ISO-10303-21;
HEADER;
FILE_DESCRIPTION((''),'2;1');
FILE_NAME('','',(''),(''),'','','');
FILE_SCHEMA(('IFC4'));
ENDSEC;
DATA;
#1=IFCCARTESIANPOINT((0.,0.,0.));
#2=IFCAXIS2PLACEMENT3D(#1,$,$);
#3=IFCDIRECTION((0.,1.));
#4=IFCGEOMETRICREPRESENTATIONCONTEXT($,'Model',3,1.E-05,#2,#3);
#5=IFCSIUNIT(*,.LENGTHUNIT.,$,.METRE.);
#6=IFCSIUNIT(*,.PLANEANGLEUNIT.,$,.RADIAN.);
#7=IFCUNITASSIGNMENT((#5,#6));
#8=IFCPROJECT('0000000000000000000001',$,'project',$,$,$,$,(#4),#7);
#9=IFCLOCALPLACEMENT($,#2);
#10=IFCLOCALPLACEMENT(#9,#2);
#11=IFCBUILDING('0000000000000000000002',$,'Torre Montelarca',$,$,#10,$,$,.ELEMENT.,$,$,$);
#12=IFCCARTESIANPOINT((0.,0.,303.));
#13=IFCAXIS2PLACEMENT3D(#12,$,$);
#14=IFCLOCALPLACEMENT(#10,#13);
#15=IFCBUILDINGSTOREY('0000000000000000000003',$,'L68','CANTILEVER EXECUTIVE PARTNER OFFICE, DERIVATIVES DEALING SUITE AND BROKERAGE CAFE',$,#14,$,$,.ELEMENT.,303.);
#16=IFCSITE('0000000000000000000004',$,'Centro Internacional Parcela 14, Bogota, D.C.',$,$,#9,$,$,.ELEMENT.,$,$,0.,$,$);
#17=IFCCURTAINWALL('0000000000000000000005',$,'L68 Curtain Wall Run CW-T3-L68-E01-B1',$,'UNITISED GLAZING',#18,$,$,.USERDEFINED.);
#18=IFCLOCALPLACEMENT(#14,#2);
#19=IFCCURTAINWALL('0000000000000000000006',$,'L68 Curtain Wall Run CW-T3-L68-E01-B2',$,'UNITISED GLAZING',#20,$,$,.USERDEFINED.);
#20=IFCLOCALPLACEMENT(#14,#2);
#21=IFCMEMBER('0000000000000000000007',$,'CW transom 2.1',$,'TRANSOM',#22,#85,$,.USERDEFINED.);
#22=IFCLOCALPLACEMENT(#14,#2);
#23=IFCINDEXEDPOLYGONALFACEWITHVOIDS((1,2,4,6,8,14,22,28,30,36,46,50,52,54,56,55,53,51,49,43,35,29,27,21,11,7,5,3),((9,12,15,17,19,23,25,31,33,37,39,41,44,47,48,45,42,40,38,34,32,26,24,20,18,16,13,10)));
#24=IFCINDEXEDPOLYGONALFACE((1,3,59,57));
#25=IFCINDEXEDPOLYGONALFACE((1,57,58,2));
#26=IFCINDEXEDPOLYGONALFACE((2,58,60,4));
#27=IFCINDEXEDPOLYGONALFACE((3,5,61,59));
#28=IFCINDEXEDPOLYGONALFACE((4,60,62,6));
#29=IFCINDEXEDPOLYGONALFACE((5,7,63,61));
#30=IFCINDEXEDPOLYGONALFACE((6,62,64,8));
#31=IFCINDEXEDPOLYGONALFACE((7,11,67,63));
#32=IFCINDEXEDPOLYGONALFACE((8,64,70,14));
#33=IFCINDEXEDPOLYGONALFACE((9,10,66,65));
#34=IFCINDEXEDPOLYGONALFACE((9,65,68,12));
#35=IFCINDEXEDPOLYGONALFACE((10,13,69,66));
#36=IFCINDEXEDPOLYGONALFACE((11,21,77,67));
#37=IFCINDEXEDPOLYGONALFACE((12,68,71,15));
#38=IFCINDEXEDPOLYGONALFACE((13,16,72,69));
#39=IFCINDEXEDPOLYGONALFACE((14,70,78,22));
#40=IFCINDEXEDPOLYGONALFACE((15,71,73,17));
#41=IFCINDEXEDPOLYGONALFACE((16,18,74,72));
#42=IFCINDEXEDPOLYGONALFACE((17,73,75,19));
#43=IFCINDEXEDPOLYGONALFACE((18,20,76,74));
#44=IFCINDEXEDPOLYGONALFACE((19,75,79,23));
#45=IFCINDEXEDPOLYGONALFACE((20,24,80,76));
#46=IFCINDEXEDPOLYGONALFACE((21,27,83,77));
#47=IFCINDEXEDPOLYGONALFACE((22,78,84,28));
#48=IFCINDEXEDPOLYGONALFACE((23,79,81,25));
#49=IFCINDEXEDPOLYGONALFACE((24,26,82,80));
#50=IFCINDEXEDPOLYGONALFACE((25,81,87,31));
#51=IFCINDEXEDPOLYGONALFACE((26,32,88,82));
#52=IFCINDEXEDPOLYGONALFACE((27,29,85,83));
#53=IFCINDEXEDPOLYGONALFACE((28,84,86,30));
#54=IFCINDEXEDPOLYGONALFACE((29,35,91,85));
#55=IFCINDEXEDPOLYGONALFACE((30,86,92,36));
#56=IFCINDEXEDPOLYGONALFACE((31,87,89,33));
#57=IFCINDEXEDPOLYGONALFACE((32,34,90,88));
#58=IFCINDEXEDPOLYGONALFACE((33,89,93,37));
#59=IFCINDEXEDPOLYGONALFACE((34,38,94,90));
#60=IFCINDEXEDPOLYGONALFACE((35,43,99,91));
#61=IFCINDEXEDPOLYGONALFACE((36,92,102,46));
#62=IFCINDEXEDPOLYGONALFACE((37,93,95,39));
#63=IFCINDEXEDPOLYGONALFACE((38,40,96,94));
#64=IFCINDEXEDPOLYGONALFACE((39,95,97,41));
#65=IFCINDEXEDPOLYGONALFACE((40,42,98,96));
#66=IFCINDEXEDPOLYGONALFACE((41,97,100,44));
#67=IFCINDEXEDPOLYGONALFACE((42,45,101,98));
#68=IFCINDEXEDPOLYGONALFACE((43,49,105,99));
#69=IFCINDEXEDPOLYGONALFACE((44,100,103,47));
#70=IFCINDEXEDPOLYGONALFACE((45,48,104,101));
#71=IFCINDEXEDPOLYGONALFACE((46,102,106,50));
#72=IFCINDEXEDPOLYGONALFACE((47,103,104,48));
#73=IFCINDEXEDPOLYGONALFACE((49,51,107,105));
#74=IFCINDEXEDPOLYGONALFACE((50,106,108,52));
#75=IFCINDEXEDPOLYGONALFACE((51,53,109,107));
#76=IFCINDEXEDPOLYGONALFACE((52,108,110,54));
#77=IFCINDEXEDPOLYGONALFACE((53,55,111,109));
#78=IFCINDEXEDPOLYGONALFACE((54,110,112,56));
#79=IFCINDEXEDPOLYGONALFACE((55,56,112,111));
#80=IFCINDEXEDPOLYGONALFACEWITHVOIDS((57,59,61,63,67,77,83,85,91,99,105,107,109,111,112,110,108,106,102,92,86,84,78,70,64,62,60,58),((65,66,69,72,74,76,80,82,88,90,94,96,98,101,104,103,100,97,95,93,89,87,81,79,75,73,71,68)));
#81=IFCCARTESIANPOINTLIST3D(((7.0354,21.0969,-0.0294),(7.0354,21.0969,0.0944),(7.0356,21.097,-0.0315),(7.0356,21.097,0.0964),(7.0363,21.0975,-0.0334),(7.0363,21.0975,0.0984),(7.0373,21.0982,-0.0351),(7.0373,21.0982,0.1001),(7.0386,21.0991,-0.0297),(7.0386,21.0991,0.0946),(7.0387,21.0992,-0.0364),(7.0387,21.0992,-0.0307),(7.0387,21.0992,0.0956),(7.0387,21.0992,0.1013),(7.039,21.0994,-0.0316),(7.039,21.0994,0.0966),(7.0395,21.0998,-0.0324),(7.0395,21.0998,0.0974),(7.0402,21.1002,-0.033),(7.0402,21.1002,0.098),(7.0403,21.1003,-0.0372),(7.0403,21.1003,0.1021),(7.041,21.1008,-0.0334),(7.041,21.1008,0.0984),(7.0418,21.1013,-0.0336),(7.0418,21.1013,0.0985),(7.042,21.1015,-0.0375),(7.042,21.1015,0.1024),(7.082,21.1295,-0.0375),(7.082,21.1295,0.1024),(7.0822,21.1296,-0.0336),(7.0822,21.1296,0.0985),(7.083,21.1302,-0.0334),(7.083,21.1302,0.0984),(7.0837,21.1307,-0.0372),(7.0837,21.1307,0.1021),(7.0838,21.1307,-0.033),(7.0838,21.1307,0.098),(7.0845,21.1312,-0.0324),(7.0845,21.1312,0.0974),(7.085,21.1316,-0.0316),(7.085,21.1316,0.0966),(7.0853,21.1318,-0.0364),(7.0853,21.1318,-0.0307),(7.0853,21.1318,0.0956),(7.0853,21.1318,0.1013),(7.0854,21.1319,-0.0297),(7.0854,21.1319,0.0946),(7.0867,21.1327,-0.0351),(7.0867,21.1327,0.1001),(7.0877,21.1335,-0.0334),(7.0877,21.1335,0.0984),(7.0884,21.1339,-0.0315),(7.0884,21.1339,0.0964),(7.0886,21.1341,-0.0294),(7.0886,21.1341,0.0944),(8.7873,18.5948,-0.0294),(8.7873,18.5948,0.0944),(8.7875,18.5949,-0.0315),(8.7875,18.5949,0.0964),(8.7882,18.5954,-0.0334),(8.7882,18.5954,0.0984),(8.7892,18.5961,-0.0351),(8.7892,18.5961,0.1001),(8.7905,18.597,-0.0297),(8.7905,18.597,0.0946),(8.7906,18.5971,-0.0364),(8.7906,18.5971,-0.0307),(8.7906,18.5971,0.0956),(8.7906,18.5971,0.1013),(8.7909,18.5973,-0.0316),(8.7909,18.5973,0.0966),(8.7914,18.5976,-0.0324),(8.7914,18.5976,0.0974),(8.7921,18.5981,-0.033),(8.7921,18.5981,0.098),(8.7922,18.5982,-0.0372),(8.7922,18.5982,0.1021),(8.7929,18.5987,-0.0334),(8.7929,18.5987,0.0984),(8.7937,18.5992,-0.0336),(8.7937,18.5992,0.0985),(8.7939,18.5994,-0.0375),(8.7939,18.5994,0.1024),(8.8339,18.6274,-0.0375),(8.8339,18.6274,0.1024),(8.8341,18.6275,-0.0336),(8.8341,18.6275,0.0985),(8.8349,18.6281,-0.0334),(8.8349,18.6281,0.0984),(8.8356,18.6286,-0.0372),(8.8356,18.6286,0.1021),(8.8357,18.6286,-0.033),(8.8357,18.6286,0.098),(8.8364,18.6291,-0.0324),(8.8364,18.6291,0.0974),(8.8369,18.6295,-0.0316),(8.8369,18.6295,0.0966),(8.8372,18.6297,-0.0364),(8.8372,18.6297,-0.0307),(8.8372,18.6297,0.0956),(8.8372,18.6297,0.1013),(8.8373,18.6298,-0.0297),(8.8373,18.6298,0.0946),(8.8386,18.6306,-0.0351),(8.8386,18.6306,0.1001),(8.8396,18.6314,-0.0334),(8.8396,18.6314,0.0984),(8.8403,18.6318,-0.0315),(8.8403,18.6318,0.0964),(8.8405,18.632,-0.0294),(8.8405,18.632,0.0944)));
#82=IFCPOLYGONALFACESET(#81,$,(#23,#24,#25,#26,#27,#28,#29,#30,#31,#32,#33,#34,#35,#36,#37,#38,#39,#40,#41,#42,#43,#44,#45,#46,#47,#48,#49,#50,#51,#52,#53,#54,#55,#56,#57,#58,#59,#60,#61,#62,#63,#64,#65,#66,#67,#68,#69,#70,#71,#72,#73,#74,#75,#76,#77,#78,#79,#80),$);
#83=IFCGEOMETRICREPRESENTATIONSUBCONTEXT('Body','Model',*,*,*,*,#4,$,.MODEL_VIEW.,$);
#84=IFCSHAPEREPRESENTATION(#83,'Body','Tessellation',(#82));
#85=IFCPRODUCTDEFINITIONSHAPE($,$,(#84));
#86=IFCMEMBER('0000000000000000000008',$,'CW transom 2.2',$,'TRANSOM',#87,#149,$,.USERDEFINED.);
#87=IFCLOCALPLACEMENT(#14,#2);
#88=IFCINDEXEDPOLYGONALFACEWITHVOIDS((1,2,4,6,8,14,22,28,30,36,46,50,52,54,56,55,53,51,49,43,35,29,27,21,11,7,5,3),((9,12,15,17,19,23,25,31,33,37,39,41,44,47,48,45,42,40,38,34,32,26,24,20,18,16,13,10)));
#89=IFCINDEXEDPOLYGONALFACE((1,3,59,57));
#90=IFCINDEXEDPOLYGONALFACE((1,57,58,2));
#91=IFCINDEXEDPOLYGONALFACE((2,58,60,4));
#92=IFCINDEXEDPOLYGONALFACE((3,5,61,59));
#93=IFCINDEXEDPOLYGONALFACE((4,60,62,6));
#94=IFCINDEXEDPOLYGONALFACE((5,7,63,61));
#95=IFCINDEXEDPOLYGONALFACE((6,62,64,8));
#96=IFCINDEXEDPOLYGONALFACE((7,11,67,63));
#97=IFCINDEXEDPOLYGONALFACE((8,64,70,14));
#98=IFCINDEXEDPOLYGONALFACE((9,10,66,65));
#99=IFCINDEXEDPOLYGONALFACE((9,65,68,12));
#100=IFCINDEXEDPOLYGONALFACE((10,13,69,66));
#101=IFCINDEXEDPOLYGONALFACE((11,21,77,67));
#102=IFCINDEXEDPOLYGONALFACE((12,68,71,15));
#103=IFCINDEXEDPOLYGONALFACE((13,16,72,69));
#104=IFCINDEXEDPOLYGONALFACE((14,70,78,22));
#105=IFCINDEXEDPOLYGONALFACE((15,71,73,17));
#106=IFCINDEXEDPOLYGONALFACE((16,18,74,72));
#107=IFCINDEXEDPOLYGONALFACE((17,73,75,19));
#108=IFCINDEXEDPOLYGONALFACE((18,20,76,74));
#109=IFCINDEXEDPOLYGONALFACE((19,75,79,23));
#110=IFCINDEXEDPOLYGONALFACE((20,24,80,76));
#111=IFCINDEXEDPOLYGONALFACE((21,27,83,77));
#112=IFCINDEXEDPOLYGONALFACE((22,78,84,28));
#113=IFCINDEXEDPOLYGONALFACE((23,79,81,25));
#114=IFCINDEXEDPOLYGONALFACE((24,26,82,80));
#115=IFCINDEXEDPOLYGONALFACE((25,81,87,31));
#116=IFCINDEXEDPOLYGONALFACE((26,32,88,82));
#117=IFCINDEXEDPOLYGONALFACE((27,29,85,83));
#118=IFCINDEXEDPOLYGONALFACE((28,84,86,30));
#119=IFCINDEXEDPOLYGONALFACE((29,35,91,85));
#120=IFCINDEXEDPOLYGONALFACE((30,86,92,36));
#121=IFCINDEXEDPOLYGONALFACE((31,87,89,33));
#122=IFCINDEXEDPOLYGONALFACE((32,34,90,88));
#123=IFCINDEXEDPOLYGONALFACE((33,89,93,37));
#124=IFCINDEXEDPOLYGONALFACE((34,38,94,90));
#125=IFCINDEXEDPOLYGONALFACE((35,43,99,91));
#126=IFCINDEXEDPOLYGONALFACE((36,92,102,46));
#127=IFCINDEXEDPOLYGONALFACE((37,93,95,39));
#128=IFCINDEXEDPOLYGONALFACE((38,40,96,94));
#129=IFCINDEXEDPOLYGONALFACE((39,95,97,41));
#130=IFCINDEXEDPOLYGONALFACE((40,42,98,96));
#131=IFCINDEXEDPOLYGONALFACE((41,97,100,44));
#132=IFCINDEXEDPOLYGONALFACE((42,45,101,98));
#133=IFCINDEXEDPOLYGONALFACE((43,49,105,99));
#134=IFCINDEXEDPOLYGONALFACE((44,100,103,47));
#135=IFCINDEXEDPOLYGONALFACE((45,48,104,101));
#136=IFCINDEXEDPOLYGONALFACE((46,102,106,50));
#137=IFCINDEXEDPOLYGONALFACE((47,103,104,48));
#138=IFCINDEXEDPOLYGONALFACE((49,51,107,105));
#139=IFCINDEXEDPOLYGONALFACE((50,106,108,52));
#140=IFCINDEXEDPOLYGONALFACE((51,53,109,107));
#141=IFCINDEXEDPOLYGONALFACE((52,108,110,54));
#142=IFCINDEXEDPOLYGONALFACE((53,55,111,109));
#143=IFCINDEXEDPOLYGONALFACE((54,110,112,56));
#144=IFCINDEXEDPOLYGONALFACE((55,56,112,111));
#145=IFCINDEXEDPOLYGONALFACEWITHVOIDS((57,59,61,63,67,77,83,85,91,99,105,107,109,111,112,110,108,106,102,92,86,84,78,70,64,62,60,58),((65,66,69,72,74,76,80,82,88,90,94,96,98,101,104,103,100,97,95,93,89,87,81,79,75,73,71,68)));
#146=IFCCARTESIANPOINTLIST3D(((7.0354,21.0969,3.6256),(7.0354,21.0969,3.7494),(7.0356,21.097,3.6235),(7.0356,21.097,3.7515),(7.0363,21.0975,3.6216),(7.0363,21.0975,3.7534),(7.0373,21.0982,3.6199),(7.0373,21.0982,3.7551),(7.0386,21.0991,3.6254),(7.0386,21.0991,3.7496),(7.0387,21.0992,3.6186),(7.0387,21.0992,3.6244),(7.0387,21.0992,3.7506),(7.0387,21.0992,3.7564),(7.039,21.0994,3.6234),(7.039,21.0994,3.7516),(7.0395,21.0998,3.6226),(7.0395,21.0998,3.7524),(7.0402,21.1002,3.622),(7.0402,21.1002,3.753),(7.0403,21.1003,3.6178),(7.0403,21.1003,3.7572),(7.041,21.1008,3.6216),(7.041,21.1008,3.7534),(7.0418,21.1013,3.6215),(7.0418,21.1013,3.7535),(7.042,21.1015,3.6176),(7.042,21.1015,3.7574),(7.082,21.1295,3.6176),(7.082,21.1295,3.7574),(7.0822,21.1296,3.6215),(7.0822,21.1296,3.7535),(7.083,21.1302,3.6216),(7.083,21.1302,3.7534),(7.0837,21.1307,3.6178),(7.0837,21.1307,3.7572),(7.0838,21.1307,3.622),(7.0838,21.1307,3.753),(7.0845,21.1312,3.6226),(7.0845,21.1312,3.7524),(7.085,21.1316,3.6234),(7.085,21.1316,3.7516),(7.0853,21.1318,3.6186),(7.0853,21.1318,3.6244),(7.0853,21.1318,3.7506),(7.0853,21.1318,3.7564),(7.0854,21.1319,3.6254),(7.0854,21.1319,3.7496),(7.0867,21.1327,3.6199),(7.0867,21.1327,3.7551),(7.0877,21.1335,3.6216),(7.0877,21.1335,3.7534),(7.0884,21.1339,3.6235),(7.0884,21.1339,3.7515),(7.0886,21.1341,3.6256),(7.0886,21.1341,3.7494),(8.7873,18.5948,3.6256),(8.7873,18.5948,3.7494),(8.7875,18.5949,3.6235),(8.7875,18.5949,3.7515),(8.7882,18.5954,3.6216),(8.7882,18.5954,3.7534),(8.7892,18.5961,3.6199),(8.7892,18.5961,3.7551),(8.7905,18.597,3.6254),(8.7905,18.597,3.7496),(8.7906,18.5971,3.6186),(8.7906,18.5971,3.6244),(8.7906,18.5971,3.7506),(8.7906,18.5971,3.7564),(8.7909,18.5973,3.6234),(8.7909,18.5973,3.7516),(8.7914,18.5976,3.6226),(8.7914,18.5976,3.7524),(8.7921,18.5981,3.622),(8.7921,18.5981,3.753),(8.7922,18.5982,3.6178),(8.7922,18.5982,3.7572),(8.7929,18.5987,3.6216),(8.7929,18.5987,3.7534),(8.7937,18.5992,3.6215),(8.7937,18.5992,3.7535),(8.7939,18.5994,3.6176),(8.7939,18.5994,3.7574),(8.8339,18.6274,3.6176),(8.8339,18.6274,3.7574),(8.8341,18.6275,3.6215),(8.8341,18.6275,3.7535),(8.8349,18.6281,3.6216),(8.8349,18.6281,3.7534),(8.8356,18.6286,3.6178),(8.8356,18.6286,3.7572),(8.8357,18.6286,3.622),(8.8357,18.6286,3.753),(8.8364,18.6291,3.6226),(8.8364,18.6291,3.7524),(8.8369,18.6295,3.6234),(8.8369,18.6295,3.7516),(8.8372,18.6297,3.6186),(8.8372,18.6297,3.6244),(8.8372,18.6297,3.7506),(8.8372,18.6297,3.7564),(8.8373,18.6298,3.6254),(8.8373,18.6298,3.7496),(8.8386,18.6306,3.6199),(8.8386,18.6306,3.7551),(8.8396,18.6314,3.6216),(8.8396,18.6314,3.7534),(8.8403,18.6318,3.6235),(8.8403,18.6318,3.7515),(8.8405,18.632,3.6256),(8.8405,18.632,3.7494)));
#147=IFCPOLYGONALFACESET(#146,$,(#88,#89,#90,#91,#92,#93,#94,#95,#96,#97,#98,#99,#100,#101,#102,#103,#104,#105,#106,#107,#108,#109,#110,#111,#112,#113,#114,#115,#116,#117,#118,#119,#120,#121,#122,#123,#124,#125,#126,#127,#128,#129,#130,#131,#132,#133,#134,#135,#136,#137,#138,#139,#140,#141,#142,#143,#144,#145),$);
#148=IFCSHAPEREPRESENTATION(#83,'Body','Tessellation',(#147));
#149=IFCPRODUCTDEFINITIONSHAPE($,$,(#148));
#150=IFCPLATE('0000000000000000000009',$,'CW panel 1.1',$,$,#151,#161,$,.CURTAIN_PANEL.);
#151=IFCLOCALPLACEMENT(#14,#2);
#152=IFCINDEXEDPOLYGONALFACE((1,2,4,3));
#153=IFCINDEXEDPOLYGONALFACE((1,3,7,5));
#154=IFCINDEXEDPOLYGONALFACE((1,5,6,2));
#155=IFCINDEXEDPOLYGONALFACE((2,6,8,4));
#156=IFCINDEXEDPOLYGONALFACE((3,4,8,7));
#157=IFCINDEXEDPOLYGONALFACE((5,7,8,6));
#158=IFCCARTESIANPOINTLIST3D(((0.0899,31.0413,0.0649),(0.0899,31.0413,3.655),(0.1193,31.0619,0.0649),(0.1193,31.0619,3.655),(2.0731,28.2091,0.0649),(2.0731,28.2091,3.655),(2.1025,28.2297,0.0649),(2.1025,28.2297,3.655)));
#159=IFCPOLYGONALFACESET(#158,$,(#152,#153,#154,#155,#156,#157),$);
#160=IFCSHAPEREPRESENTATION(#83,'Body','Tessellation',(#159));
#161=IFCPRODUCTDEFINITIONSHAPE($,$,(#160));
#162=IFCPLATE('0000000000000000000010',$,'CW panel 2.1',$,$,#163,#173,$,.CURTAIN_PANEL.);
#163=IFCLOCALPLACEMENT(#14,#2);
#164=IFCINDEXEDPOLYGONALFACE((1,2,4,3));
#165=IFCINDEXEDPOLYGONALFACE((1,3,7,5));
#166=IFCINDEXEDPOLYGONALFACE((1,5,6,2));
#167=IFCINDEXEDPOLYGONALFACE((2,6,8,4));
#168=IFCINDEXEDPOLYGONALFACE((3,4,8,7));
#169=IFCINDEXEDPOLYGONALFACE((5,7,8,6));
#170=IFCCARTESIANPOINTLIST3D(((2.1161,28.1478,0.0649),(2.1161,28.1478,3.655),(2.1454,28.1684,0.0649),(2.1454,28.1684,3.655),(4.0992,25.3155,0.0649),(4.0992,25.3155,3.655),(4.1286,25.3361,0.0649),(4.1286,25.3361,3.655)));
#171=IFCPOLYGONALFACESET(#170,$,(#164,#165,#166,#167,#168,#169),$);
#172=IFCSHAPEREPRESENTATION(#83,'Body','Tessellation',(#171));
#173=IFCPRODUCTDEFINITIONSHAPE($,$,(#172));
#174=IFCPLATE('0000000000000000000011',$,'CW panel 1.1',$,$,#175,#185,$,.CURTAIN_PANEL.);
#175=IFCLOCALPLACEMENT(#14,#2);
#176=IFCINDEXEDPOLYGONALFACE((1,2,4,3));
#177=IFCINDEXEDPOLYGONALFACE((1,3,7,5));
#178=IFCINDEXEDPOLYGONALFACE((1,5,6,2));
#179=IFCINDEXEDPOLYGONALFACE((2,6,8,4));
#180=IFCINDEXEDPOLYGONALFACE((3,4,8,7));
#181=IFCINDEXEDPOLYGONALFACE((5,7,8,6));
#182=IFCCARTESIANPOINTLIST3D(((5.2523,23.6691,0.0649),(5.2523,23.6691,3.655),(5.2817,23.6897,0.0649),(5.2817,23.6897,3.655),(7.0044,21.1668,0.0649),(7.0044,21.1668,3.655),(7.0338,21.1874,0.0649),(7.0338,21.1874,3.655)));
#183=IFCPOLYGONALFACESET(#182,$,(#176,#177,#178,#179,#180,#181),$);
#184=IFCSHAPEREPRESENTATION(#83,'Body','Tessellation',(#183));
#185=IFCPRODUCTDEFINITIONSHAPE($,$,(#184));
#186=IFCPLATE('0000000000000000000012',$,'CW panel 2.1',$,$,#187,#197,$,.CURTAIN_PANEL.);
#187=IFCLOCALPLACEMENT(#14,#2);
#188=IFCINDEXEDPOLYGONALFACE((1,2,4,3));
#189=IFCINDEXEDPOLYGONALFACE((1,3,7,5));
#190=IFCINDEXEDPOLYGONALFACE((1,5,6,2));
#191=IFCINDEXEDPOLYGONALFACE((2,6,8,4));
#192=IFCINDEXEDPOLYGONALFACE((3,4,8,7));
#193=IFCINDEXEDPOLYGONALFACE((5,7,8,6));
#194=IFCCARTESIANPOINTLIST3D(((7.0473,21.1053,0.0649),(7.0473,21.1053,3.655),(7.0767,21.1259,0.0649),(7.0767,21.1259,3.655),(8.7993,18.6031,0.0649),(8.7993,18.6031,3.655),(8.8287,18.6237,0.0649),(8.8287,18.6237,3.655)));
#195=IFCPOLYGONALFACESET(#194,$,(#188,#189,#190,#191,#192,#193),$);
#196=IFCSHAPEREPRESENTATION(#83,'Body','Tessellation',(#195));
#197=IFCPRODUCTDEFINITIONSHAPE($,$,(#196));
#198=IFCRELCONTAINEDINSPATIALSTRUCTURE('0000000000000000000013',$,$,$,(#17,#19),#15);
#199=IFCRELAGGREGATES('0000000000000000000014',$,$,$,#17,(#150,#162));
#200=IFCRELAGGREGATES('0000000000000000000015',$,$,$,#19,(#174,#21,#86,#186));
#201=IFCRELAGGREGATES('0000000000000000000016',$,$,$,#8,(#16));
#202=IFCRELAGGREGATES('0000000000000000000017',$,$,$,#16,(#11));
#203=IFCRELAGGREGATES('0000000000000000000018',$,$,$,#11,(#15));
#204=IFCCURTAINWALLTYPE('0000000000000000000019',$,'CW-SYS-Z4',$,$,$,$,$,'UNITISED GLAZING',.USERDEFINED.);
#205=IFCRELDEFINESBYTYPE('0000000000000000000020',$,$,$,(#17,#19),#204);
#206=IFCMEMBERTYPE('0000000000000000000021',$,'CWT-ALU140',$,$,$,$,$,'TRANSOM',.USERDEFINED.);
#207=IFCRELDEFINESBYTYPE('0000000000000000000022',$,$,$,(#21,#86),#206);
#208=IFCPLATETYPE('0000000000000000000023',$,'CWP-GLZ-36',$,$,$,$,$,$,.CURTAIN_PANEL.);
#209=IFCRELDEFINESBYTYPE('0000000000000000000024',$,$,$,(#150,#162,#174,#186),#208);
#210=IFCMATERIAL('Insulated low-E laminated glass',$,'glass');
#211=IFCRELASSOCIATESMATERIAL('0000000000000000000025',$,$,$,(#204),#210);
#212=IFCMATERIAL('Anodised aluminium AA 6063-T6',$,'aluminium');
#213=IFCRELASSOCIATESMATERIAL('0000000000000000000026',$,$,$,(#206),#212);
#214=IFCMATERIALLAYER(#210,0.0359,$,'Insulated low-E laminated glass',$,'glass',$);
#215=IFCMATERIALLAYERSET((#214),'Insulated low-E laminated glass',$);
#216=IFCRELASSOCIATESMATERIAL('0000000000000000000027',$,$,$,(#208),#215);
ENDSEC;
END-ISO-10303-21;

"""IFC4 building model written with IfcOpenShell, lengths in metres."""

from ifc_helpers import new_model, si_unit, direction, frame, origin, origin_2d, place, context, subcontext, project, spatial, rectangle, hollow_rectangle, extrude, source, transform, mapped, material, layer, layer_set, material_profile, profile_set, type_object, element, aggregate, save


model = new_model("IFC4")

# Units and contexts
model_context = context("Model", 3, precision=1e-05, world=origin(), true_north=direction((0.0, 1.0)))
body_context = subcontext(model_context, "Body", "Model", "MODEL_VIEW")
ifc_project = project(units=[si_unit("LENGTHUNIT", "METRE"), si_unit("PLANEANGLEUNIT", "RADIAN")], contexts=[model_context])

# Site, building, storey
site_placement = place(None, origin())
site = spatial("IfcSite", under=ifc_project, at=site_placement, Name="Centro Internacional Parcela 14, Bogota, D.C.", CompositionType="ELEMENT", RefElevation=0.0)
building_placement = place(site_placement, origin())
building = spatial("IfcBuilding", under=site, at=building_placement, Name="Torre Montelarca", CompositionType="ELEMENT")
storey_placement = place(building_placement, frame((0.0, 0.0, 303.0)))
storey = spatial("IfcBuildingStorey", under=building, at=storey_placement, Name="L68", Description="CANTILEVER EXECUTIVE PARTNER OFFICE, DERIVATIVES DEALING SUITE AND BROKERAGE CAFE", CompositionType="ELEMENT", Elevation=303.0)

# Curtain walls
ifc_material_1 = material(Name="Insulated low-E laminated glass", Category="glass")
curtain_wall_type = type_object("IfcCurtainWallType", Name="CW-SYS-Z4", ElementType="UNITISED GLAZING", PredefinedType="USERDEFINED", material=ifc_material_1)
curtain_wall_1_placement = place(storey_placement, origin())
curtain_wall_1 = element("IfcCurtainWall", 1, at=curtain_wall_1_placement, inside=storey, type_object=curtain_wall_type, Name="L68 Curtain Wall Run CW-T3-L68-E01-B1", ObjectType="UNITISED GLAZING", PredefinedType="USERDEFINED")
ifc_material_2 = material(Name="Anodised aluminium AA 6063-T6", Category="aluminium")
curtain_wall_2_placement = place(storey_placement, origin())
curtain_wall_2 = element("IfcCurtainWall", 2, at=curtain_wall_2_placement, inside=storey, type_object=curtain_wall_type, Name="L68 Curtain Wall Run CW-T3-L68-E01-B2", ObjectType="UNITISED GLAZING", PredefinedType="USERDEFINED")

# Members
ifc_material_profile_1 = material_profile(ifc_material_2, hollow_rectangle(XDim=0.0649, YDim=0.1399, WallThickness=0.0039, InnerFilletRadius=0.0039, OuterFilletRadius=0.0081, at=origin_2d()), Name="ALU65X140X4", Category="aluminium")
ifc_profile_set_1 = profile_set([ifc_material_profile_1], Name="Anodised aluminium AA 6063-T6")
member_type_1 = type_object("IfcMemberType", Name="CWT-ALU140", ElementType="TRANSOM", PredefinedType="USERDEFINED", material=ifc_profile_set_1)
shared_shape_1 = source(origin(), body_context, "Body", "SweptSolid", [
    extrude(hollow_rectangle(XDim=0.0649, YDim=0.1399, WallThickness=0.0039, InnerFilletRadius=0.0039, OuterFilletRadius=0.0081, at=origin_2d()), origin(), (0.0, 0.0, 1.0), 3.0544),
])
member_1_placement = place(storey_placement, frame((7.062, 21.1155, 0.0325), z_axis=(0.573554, -0.819168, 0.0), x_axis=(0.819168, 0.573554, 0.0)))
member_1 = element("IfcMember", 3, at=member_1_placement, type_object=member_type_1, Name="CW transom 2.1", ObjectType="TRANSOM", PredefinedType="USERDEFINED", context=body_context, shape_type="MappedRepresentation", body=[
    mapped(shared_shape_1, transform((0.0, 0.0, 0.0), scale=1.0)),
])
member_2_placement = place(storey_placement, frame((7.062, 21.1155, 3.6875), z_axis=(0.573554, -0.819168, 0.0), x_axis=(0.819168, 0.573554, 0.0)))
member_2 = element("IfcMember", 4, at=member_2_placement, type_object=member_type_1, Name="CW transom 2.2", ObjectType="TRANSOM", PredefinedType="USERDEFINED", context=body_context, shape_type="MappedRepresentation", body=[
    mapped(shared_shape_1, transform((0.0, 0.0, 0.0), scale=1.0)),
])

# Plates
ifc_layer_1 = layer(ifc_material_1, 0.0359, Name="Insulated low-E laminated glass", Category="glass")
ifc_layer_set_1 = layer_set([ifc_layer_1], Name="Insulated low-E laminated glass")
plate_type = type_object("IfcPlateType", Name="CWP-GLZ-36", PredefinedType="CURTAIN_PANEL", material=ifc_layer_set_1)
shared_shape_2 = source(origin(), body_context, "Body", "SweptSolid", [
    extrude(rectangle(XDim=3.4575, YDim=0.0359, at=origin_2d()), origin(), (0.0, 0.0, 1.0), 3.5901),
])
plate_1_placement = place(storey_placement, frame((1.0962, 29.6355, 0.0649), z_axis=(0.0, 0.0, 1.0), x_axis=(0.573569, -0.819157, 0.0)))
plate_1 = element("IfcPlate", 5, at=plate_1_placement, type_object=plate_type, Name="CW panel 1.1", PredefinedType="CURTAIN_PANEL", context=body_context, shape_type="MappedRepresentation", body=[
    mapped(shared_shape_2, transform((0.0, 0.0, 0.0), scale=1.0)),
])
plate_2_placement = place(storey_placement, frame((3.1223, 26.7419, 0.0649), z_axis=(0.0, 0.0, 1.0), x_axis=(0.573569, -0.819157, 0.0)))
plate_2 = element("IfcPlate", 6, at=plate_2_placement, type_object=plate_type, Name="CW panel 2.1", PredefinedType="CURTAIN_PANEL", context=body_context, shape_type="MappedRepresentation", body=[
    mapped(shared_shape_2, transform((0.0, 0.0, 0.0), scale=1.0)),
])
aggregate(curtain_wall_1, [plate_1, plate_2])
shared_shape_3 = source(origin(), body_context, "Body", "SweptSolid", [
    extrude(rectangle(XDim=3.0547, YDim=0.0359, at=origin_2d()), origin(), (0.0, 0.0, 1.0), 3.5901),
])
plate_3_placement = place(storey_placement, frame((6.1431, 22.4282, 0.0649), z_axis=(0.0, 0.0, 1.0), x_axis=(0.573565, -0.81916, 0.0)))
plate_3 = element("IfcPlate", 7, at=plate_3_placement, type_object=plate_type, Name="CW panel 1.1", PredefinedType="CURTAIN_PANEL", context=body_context, shape_type="MappedRepresentation", body=[
    mapped(shared_shape_3, transform((0.0, 0.0, 0.0), scale=1.0)),
])
plate_4_placement = place(storey_placement, frame((7.938, 19.8645, 0.0649), z_axis=(0.0, 0.0, 1.0), x_axis=(0.573565, -0.81916, 0.0)))
plate_4 = element("IfcPlate", 8, at=plate_4_placement, type_object=plate_type, Name="CW panel 2.1", PredefinedType="CURTAIN_PANEL", context=body_context, shape_type="MappedRepresentation", body=[
    mapped(shared_shape_3, transform((0.0, 0.0, 0.0), scale=1.0)),
])
aggregate(curtain_wall_2, [plate_3, member_1, member_2, plate_4])

save(model, "model.ifc")
